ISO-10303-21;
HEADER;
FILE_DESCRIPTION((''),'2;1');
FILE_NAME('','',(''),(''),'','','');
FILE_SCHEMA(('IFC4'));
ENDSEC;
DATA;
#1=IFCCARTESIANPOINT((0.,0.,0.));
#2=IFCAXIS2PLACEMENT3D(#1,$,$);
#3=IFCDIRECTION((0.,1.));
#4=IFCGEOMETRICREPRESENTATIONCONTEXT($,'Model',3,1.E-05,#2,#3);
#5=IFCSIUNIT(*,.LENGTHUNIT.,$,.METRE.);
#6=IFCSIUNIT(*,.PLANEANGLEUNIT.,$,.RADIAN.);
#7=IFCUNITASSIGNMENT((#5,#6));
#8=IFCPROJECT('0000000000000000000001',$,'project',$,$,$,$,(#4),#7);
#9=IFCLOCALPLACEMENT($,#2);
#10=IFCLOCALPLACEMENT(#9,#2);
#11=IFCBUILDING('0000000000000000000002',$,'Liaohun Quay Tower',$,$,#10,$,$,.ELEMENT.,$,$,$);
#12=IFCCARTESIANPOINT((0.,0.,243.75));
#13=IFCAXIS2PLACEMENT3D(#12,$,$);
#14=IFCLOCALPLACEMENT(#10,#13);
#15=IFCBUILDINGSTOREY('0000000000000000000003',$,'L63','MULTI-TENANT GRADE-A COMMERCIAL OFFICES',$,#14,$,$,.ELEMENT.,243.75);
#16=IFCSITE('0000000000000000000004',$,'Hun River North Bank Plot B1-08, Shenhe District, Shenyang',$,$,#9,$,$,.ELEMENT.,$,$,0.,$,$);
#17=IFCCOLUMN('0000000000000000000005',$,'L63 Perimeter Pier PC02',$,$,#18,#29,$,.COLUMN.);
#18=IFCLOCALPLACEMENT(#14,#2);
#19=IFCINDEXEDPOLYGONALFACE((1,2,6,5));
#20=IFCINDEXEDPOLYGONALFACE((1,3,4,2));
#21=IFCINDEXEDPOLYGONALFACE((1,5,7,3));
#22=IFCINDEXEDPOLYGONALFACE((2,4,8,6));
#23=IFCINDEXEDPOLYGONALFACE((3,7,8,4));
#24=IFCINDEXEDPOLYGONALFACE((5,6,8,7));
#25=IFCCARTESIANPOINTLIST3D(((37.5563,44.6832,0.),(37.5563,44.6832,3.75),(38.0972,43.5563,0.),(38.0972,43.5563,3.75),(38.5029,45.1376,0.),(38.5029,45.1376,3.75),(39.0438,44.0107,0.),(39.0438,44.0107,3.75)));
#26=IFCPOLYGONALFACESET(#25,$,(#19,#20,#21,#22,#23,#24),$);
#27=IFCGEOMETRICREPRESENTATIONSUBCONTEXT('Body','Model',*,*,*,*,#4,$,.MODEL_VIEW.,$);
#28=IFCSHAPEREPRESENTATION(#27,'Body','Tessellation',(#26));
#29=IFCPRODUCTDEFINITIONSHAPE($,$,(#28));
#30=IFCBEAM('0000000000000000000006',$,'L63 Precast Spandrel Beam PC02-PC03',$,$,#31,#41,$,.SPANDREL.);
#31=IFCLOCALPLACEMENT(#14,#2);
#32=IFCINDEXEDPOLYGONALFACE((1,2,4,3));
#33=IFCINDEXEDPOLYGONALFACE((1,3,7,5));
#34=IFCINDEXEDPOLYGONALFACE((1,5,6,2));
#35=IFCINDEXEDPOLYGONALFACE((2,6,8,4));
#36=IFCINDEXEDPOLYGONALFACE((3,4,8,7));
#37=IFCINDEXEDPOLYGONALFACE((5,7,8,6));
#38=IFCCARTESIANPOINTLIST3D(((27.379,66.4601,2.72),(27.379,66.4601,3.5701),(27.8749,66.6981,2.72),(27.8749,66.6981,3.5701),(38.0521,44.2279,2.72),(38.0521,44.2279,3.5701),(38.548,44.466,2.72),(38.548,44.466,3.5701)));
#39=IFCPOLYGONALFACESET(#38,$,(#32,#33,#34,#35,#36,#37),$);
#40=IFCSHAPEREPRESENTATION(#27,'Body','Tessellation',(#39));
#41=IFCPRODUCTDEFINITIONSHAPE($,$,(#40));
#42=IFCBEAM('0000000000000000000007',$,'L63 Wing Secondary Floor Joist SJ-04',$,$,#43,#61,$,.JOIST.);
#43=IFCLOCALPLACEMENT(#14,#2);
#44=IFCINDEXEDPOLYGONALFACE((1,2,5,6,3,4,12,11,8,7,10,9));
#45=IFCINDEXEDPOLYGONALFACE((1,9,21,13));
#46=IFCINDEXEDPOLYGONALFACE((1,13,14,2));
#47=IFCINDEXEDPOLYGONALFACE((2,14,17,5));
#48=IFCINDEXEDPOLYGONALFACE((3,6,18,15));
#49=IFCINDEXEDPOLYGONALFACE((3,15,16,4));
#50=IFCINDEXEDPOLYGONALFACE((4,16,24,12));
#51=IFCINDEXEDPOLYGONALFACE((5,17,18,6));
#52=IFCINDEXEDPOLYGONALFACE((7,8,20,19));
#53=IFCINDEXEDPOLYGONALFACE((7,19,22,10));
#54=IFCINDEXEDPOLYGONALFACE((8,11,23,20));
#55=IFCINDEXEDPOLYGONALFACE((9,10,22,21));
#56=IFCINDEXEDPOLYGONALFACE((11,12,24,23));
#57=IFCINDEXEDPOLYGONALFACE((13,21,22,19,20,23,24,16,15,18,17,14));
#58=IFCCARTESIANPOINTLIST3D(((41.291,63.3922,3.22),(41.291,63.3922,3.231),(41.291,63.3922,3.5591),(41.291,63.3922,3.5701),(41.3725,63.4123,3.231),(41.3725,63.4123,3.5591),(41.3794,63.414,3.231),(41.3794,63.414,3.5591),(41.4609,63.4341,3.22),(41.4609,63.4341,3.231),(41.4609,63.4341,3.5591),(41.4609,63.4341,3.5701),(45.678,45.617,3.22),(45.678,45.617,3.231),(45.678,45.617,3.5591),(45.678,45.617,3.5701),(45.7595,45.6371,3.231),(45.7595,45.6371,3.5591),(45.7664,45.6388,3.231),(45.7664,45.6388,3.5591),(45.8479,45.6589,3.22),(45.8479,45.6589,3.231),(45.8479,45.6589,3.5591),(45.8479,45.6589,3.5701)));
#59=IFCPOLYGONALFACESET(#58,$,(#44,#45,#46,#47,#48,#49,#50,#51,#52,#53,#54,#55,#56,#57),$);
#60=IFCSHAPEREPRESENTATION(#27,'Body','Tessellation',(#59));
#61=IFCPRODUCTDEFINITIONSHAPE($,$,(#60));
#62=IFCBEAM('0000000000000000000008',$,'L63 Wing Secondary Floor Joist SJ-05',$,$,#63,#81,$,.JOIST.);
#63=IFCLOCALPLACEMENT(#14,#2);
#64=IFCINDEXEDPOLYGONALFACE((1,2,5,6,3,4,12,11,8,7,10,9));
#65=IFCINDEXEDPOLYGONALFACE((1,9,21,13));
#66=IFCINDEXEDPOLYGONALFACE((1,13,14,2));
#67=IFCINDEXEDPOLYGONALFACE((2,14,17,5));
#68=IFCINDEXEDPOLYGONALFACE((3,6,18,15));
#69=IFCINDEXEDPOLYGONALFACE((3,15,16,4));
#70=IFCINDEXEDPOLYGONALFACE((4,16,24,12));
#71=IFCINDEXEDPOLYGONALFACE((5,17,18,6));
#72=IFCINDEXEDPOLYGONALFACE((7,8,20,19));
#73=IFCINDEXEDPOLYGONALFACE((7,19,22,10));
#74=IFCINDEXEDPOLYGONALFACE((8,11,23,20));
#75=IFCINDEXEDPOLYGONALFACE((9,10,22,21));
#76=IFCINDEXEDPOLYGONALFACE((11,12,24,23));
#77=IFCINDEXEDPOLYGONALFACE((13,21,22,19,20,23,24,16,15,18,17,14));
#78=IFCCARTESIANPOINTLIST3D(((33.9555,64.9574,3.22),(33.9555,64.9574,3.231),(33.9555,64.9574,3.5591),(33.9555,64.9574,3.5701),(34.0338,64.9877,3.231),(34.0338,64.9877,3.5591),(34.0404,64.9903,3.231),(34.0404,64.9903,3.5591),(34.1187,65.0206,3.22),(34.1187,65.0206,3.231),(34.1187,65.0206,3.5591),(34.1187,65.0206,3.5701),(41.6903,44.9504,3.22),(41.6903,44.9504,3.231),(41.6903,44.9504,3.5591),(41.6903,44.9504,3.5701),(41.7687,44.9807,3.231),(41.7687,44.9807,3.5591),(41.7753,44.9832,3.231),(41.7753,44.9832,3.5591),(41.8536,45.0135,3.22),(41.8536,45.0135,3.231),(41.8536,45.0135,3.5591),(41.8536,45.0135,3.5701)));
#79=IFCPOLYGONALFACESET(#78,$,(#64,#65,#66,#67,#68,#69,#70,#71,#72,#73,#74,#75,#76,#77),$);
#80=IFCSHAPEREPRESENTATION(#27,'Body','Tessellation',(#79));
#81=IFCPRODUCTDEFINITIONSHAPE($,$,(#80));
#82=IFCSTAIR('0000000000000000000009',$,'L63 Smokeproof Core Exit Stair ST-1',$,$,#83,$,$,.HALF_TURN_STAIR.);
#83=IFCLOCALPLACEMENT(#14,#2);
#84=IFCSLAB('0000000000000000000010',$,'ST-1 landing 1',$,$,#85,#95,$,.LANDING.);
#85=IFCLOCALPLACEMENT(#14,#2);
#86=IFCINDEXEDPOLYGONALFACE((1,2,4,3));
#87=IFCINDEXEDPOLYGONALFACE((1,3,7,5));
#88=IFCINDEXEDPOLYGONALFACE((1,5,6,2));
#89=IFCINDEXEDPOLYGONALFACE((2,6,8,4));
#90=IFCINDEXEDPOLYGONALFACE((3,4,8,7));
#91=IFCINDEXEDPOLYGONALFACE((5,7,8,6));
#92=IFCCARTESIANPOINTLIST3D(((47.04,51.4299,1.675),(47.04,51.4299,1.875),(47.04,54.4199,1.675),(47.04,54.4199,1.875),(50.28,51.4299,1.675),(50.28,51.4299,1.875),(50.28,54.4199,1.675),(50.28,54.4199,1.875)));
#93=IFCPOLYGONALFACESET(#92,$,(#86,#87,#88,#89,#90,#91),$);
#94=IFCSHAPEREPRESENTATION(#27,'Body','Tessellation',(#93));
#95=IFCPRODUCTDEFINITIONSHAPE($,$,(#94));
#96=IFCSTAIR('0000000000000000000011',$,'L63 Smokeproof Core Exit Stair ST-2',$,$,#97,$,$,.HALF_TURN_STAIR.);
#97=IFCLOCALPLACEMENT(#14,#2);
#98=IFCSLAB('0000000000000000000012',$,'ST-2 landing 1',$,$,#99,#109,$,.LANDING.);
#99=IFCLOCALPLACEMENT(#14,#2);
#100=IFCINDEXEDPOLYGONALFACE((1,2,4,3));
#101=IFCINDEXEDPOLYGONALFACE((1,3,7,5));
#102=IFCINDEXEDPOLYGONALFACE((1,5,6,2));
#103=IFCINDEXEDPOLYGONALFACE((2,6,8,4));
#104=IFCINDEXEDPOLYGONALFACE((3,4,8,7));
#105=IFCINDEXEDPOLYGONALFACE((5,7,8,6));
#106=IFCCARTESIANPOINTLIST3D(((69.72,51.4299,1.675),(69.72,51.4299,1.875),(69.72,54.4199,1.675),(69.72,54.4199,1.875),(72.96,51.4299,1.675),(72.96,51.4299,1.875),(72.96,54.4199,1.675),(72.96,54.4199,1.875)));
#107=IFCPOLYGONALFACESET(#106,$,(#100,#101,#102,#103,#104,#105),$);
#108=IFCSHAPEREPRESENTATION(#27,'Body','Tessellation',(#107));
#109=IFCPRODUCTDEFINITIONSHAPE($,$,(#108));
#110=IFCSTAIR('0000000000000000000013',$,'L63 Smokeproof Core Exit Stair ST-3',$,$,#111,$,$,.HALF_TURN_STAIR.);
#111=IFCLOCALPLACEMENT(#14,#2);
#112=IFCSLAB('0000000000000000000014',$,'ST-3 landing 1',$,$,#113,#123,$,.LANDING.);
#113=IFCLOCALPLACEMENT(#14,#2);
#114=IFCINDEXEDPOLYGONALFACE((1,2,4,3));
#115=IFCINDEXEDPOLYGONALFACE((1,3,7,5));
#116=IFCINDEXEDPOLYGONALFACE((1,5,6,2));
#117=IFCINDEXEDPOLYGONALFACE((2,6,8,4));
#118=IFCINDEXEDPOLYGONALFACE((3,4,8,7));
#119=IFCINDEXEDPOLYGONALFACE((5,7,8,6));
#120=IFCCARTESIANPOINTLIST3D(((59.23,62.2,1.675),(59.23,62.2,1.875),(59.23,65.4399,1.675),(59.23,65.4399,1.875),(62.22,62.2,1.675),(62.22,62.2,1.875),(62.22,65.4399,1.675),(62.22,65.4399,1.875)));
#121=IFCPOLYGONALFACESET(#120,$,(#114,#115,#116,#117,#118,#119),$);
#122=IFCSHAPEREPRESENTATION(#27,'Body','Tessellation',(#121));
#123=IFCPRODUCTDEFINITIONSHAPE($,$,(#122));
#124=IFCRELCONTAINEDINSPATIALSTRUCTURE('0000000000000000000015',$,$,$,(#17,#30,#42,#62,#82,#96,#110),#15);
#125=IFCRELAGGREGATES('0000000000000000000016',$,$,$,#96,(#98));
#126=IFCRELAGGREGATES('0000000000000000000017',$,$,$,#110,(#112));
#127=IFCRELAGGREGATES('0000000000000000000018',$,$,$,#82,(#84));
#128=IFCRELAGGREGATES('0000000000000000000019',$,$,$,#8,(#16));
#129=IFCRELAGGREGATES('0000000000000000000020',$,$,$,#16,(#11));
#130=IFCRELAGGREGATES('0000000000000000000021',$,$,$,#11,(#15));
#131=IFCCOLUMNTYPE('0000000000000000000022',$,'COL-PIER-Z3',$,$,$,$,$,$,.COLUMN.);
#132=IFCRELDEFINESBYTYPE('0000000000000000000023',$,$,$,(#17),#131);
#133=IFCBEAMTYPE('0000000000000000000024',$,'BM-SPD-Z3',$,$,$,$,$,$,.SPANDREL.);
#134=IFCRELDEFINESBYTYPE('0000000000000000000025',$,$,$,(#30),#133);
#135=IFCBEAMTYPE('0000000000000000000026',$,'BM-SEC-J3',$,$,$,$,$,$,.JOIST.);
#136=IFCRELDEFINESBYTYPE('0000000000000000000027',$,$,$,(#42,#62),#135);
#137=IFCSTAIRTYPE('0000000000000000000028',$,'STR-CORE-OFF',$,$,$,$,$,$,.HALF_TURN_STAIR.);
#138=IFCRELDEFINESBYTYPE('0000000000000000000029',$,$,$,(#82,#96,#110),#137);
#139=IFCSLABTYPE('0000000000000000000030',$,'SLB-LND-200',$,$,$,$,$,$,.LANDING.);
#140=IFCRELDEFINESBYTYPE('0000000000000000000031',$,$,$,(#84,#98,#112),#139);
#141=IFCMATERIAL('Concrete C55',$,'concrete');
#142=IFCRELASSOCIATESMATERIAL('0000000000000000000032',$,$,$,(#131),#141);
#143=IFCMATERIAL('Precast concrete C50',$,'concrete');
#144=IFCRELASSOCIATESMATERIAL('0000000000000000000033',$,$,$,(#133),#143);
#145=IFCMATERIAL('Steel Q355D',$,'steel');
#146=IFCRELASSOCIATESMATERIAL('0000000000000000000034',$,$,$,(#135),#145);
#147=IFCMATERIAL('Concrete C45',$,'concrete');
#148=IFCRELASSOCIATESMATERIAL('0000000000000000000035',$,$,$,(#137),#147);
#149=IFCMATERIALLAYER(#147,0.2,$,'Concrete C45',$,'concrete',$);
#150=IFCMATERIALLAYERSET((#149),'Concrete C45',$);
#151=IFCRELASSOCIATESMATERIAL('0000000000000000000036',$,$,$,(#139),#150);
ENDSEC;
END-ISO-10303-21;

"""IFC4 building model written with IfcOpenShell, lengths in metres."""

from ifc_helpers import new_model, si_unit, direction, frame, origin, origin_2d, place, context, subcontext, project, spatial, polyline, rectangle, i_section, outline, extrude, source, transform, mapped, material, layer, layer_set, material_profile, profile_set, type_object, element, aggregate, save


model = new_model("IFC4")

# Units and contexts
model_context = context("Model", 3, precision=1e-05, world=origin(), true_north=direction((0.0, 1.0)))
body_context = subcontext(model_context, "Body", "Model", "MODEL_VIEW")
ifc_project = project(units=[si_unit("LENGTHUNIT", "METRE"), si_unit("PLANEANGLEUNIT", "RADIAN")], contexts=[model_context])

# Site, building, storey
site_placement = place(None, origin())
site = spatial("IfcSite", under=ifc_project, at=site_placement, Name="Hun River North Bank Plot B1-08, Shenhe District, Shenyang", CompositionType="ELEMENT", RefElevation=0.0)
building_placement = place(site_placement, origin())
building = spatial("IfcBuilding", under=site, at=building_placement, Name="Liaohun Quay Tower", CompositionType="ELEMENT")
storey_placement = place(building_placement, frame((0.0, 0.0, 243.75)))
storey = spatial("IfcBuildingStorey", under=building, at=storey_placement, Name="L63", Description="MULTI-TENANT GRADE-A COMMERCIAL OFFICES", CompositionType="ELEMENT", Elevation=243.75)

# Column
ifc_material_1 = material(Name="Concrete C55", Category="concrete")
ifc_material_profile_1 = material_profile(ifc_material_1, rectangle(XDim=1.25, YDim=1.05, at=origin_2d()), Name="RC1250x1050")
ifc_profile_set_1 = profile_set([ifc_material_profile_1], Name="Concrete C55")
column_type = type_object("IfcColumnType", Name="COL-PIER-Z3", PredefinedType="COLUMN", material=ifc_profile_set_1)
shared_shape_1 = source(origin(), body_context, "Body", "SweptSolid", [
    extrude(rectangle(XDim=1.25, YDim=1.05, at=origin_2d()), origin(), (0.0, 0.0, 1.0), 3.75),
])
column_placement = place(storey_placement, frame((38.3, 44.3469, 0.0), z_axis=(0.0, 0.0, 1.0), x_axis=(-0.432715, 0.901531, 0.0)))
element("IfcColumn", 1, at=column_placement, inside=storey, type_object=column_type, Name="L63 Perimeter Pier PC02", PredefinedType="COLUMN", context=body_context, shape_type="MappedRepresentation", body=[
    mapped(shared_shape_1, transform((0.0, 0.0, 0.0), x_axis=(1.0, 0.0, 0.0), y_axis=(0.0, 1.0, 0.0), z_axis=(0.0, 0.0, 1.0), scale=1.0)),
])

# Beams
ifc_material_2 = material(Name="Precast concrete C50", Category="concrete")
ifc_material_profile_2 = material_profile(ifc_material_2, rectangle(XDim=0.55, YDim=0.8501, at=origin_2d()), Name="RC550x850")
ifc_profile_set_2 = profile_set([ifc_material_profile_2], Name="Precast concrete C50")
beam_type_1 = type_object("IfcBeamType", Name="BM-SPD-Z3", PredefinedType="SPANDREL", material=ifc_profile_set_2)
shared_shape_2 = source(origin(), body_context, "Body", "SweptSolid", [
    extrude(rectangle(XDim=0.55, YDim=0.8501, at=origin_2d()), origin(), (0.0, 0.0, 1.0), 24.6614),
])
beam_1_placement = place(storey_placement, frame((38.3, 44.3469, 3.145), z_axis=(-0.432785, 0.901497, 0.0), x_axis=(-0.901497, -0.432785, 0.0)))
element("IfcBeam", 2, at=beam_1_placement, inside=storey, type_object=beam_type_1, Name="L63 Precast Spandrel Beam PC02-PC03", PredefinedType="SPANDREL", context=body_context, shape_type="MappedRepresentation", body=[
    mapped(shared_shape_2, transform((0.0, 0.0, 0.0), x_axis=(1.0, 0.0, 0.0), y_axis=(0.0, 1.0, 0.0), z_axis=(0.0, 0.0, 1.0), scale=1.0)),
])
ifc_material_3 = material(Name="Steel Q355D", Category="steel")
ifc_material_profile_3 = material_profile(ifc_material_3, i_section(OverallWidth=0.175, OverallDepth=0.3501, WebThickness=0.0071, FlangeThickness=0.011, at=origin_2d()), Name="HN350x175x7x11")
ifc_profile_set_3 = profile_set([ifc_material_profile_3], Name="Steel Q355D")
beam_type_2 = type_object("IfcBeamType", Name="BM-SEC-J3", PredefinedType="JOIST", material=ifc_profile_set_3)
shared_shape_3 = source(origin(), body_context, "Body", "SweptSolid", [
    extrude(i_section(OverallWidth=0.175, OverallDepth=0.3501, WebThickness=0.0071, FlangeThickness=0.011, at=origin_2d()), origin(), (0.0, 0.0, 1.0), 18.3086),
])
beam_2_placement = place(storey_placement, frame((45.7629, 45.6379, 3.395), z_axis=(-0.239613, 0.970868, 0.0), x_axis=(-0.970868, -0.239613, 0.0)))
element("IfcBeam", 3, at=beam_2_placement, inside=storey, type_object=beam_type_2, Name="L63 Wing Secondary Floor Joist SJ-04", PredefinedType="JOIST", context=body_context, shape_type="MappedRepresentation", body=[
    mapped(shared_shape_3, transform((0.0, 0.0, 0.0), x_axis=(1.0, 0.0, 0.0), y_axis=(0.0, 1.0, 0.0), z_axis=(0.0, 0.0, 1.0), scale=1.0)),
])
shared_shape_4 = source(origin(), body_context, "Body", "SweptSolid", [
    extrude(i_section(OverallWidth=0.175, OverallDepth=0.3501, WebThickness=0.0071, FlangeThickness=0.011, at=origin_2d()), origin(), (0.0, 0.0, 1.0), 21.4502),
])
beam_3_placement = place(storey_placement, frame((41.772, 44.9819, 3.395), z_axis=(-0.360596, 0.932722, 0.0), x_axis=(-0.932722, -0.360596, 0.0)))
element("IfcBeam", 4, at=beam_3_placement, inside=storey, type_object=beam_type_2, Name="L63 Wing Secondary Floor Joist SJ-05", PredefinedType="JOIST", context=body_context, shape_type="MappedRepresentation", body=[
    mapped(shared_shape_4, transform((0.0, 0.0, 0.0), x_axis=(1.0, 0.0, 0.0), y_axis=(0.0, 1.0, 0.0), z_axis=(0.0, 0.0, 1.0), scale=1.0)),
])

# Stairs, slabs
ifc_material_4 = material(Name="Concrete C45", Category="concrete")
stair_type = type_object("IfcStairType", Name="STR-CORE-OFF", PredefinedType="HALF_TURN_STAIR", material=ifc_material_4)
stair_1_placement = place(storey_placement, origin())
stair_1 = element("IfcStair", 5, at=stair_1_placement, inside=storey, type_object=stair_type, Name="L63 Smokeproof Core Exit Stair ST-1", PredefinedType="HALF_TURN_STAIR")
ifc_layer_1 = layer(ifc_material_4, 0.2, Name="Concrete C45", Category="concrete")
ifc_layer_set_1 = layer_set([ifc_layer_1], Name="Concrete C45")
slab_type_1 = type_object("IfcSlabType", Name="SLB-LND-200", PredefinedType="LANDING", material=ifc_layer_set_1)
slab_1_placement = place(storey_placement, frame((0.0, 0.0, 1.675)))
slab_1 = element("IfcSlab", 6, at=slab_1_placement, type_object=slab_type_1, Name="ST-1 landing 1", PredefinedType="LANDING", context=body_context, shape_type="SweptSolid", body=[
    extrude(outline(polyline([(50.28, 51.4299), (50.28, 54.4199), (47.04, 54.4199), (47.04, 51.4299), (50.28, 51.4299)])), origin(), (0.0, 0.0, 1.0), 0.2),
])
stair_2_placement = place(storey_placement, origin())
stair_2 = element("IfcStair", 7, at=stair_2_placement, inside=storey, type_object=stair_type, Name="L63 Smokeproof Core Exit Stair ST-2", PredefinedType="HALF_TURN_STAIR")
slab_2_placement = place(storey_placement, frame((0.0, 0.0, 1.675)))
slab_2 = element("IfcSlab", 8, at=slab_2_placement, type_object=slab_type_1, Name="ST-2 landing 1", PredefinedType="LANDING", context=body_context, shape_type="SweptSolid", body=[
    extrude(outline(polyline([(72.96, 51.4299), (72.96, 54.4199), (69.72, 54.4199), (69.72, 51.4299), (72.96, 51.4299)])), origin(), (0.0, 0.0, 1.0), 0.2),
])
aggregate(stair_2, [slab_2])
stair_3_placement = place(storey_placement, origin())
stair_3 = element("IfcStair", 9, at=stair_3_placement, inside=storey, type_object=stair_type, Name="L63 Smokeproof Core Exit Stair ST-3", PredefinedType="HALF_TURN_STAIR")
slab_3_placement = place(storey_placement, frame((0.0, 0.0, 1.675)))
slab_3 = element("IfcSlab", 10, at=slab_3_placement, type_object=slab_type_1, Name="ST-3 landing 1", PredefinedType="LANDING", context=body_context, shape_type="SweptSolid", body=[
    extrude(outline(polyline([(59.23, 62.2), (62.22, 62.2), (62.22, 65.4399), (59.23, 65.4399), (59.23, 62.2)])), origin(), (0.0, 0.0, 1.0), 0.2),
])
aggregate(stair_3, [slab_3])

aggregate(stair_1, [slab_1])

save(model, "model.ifc")
